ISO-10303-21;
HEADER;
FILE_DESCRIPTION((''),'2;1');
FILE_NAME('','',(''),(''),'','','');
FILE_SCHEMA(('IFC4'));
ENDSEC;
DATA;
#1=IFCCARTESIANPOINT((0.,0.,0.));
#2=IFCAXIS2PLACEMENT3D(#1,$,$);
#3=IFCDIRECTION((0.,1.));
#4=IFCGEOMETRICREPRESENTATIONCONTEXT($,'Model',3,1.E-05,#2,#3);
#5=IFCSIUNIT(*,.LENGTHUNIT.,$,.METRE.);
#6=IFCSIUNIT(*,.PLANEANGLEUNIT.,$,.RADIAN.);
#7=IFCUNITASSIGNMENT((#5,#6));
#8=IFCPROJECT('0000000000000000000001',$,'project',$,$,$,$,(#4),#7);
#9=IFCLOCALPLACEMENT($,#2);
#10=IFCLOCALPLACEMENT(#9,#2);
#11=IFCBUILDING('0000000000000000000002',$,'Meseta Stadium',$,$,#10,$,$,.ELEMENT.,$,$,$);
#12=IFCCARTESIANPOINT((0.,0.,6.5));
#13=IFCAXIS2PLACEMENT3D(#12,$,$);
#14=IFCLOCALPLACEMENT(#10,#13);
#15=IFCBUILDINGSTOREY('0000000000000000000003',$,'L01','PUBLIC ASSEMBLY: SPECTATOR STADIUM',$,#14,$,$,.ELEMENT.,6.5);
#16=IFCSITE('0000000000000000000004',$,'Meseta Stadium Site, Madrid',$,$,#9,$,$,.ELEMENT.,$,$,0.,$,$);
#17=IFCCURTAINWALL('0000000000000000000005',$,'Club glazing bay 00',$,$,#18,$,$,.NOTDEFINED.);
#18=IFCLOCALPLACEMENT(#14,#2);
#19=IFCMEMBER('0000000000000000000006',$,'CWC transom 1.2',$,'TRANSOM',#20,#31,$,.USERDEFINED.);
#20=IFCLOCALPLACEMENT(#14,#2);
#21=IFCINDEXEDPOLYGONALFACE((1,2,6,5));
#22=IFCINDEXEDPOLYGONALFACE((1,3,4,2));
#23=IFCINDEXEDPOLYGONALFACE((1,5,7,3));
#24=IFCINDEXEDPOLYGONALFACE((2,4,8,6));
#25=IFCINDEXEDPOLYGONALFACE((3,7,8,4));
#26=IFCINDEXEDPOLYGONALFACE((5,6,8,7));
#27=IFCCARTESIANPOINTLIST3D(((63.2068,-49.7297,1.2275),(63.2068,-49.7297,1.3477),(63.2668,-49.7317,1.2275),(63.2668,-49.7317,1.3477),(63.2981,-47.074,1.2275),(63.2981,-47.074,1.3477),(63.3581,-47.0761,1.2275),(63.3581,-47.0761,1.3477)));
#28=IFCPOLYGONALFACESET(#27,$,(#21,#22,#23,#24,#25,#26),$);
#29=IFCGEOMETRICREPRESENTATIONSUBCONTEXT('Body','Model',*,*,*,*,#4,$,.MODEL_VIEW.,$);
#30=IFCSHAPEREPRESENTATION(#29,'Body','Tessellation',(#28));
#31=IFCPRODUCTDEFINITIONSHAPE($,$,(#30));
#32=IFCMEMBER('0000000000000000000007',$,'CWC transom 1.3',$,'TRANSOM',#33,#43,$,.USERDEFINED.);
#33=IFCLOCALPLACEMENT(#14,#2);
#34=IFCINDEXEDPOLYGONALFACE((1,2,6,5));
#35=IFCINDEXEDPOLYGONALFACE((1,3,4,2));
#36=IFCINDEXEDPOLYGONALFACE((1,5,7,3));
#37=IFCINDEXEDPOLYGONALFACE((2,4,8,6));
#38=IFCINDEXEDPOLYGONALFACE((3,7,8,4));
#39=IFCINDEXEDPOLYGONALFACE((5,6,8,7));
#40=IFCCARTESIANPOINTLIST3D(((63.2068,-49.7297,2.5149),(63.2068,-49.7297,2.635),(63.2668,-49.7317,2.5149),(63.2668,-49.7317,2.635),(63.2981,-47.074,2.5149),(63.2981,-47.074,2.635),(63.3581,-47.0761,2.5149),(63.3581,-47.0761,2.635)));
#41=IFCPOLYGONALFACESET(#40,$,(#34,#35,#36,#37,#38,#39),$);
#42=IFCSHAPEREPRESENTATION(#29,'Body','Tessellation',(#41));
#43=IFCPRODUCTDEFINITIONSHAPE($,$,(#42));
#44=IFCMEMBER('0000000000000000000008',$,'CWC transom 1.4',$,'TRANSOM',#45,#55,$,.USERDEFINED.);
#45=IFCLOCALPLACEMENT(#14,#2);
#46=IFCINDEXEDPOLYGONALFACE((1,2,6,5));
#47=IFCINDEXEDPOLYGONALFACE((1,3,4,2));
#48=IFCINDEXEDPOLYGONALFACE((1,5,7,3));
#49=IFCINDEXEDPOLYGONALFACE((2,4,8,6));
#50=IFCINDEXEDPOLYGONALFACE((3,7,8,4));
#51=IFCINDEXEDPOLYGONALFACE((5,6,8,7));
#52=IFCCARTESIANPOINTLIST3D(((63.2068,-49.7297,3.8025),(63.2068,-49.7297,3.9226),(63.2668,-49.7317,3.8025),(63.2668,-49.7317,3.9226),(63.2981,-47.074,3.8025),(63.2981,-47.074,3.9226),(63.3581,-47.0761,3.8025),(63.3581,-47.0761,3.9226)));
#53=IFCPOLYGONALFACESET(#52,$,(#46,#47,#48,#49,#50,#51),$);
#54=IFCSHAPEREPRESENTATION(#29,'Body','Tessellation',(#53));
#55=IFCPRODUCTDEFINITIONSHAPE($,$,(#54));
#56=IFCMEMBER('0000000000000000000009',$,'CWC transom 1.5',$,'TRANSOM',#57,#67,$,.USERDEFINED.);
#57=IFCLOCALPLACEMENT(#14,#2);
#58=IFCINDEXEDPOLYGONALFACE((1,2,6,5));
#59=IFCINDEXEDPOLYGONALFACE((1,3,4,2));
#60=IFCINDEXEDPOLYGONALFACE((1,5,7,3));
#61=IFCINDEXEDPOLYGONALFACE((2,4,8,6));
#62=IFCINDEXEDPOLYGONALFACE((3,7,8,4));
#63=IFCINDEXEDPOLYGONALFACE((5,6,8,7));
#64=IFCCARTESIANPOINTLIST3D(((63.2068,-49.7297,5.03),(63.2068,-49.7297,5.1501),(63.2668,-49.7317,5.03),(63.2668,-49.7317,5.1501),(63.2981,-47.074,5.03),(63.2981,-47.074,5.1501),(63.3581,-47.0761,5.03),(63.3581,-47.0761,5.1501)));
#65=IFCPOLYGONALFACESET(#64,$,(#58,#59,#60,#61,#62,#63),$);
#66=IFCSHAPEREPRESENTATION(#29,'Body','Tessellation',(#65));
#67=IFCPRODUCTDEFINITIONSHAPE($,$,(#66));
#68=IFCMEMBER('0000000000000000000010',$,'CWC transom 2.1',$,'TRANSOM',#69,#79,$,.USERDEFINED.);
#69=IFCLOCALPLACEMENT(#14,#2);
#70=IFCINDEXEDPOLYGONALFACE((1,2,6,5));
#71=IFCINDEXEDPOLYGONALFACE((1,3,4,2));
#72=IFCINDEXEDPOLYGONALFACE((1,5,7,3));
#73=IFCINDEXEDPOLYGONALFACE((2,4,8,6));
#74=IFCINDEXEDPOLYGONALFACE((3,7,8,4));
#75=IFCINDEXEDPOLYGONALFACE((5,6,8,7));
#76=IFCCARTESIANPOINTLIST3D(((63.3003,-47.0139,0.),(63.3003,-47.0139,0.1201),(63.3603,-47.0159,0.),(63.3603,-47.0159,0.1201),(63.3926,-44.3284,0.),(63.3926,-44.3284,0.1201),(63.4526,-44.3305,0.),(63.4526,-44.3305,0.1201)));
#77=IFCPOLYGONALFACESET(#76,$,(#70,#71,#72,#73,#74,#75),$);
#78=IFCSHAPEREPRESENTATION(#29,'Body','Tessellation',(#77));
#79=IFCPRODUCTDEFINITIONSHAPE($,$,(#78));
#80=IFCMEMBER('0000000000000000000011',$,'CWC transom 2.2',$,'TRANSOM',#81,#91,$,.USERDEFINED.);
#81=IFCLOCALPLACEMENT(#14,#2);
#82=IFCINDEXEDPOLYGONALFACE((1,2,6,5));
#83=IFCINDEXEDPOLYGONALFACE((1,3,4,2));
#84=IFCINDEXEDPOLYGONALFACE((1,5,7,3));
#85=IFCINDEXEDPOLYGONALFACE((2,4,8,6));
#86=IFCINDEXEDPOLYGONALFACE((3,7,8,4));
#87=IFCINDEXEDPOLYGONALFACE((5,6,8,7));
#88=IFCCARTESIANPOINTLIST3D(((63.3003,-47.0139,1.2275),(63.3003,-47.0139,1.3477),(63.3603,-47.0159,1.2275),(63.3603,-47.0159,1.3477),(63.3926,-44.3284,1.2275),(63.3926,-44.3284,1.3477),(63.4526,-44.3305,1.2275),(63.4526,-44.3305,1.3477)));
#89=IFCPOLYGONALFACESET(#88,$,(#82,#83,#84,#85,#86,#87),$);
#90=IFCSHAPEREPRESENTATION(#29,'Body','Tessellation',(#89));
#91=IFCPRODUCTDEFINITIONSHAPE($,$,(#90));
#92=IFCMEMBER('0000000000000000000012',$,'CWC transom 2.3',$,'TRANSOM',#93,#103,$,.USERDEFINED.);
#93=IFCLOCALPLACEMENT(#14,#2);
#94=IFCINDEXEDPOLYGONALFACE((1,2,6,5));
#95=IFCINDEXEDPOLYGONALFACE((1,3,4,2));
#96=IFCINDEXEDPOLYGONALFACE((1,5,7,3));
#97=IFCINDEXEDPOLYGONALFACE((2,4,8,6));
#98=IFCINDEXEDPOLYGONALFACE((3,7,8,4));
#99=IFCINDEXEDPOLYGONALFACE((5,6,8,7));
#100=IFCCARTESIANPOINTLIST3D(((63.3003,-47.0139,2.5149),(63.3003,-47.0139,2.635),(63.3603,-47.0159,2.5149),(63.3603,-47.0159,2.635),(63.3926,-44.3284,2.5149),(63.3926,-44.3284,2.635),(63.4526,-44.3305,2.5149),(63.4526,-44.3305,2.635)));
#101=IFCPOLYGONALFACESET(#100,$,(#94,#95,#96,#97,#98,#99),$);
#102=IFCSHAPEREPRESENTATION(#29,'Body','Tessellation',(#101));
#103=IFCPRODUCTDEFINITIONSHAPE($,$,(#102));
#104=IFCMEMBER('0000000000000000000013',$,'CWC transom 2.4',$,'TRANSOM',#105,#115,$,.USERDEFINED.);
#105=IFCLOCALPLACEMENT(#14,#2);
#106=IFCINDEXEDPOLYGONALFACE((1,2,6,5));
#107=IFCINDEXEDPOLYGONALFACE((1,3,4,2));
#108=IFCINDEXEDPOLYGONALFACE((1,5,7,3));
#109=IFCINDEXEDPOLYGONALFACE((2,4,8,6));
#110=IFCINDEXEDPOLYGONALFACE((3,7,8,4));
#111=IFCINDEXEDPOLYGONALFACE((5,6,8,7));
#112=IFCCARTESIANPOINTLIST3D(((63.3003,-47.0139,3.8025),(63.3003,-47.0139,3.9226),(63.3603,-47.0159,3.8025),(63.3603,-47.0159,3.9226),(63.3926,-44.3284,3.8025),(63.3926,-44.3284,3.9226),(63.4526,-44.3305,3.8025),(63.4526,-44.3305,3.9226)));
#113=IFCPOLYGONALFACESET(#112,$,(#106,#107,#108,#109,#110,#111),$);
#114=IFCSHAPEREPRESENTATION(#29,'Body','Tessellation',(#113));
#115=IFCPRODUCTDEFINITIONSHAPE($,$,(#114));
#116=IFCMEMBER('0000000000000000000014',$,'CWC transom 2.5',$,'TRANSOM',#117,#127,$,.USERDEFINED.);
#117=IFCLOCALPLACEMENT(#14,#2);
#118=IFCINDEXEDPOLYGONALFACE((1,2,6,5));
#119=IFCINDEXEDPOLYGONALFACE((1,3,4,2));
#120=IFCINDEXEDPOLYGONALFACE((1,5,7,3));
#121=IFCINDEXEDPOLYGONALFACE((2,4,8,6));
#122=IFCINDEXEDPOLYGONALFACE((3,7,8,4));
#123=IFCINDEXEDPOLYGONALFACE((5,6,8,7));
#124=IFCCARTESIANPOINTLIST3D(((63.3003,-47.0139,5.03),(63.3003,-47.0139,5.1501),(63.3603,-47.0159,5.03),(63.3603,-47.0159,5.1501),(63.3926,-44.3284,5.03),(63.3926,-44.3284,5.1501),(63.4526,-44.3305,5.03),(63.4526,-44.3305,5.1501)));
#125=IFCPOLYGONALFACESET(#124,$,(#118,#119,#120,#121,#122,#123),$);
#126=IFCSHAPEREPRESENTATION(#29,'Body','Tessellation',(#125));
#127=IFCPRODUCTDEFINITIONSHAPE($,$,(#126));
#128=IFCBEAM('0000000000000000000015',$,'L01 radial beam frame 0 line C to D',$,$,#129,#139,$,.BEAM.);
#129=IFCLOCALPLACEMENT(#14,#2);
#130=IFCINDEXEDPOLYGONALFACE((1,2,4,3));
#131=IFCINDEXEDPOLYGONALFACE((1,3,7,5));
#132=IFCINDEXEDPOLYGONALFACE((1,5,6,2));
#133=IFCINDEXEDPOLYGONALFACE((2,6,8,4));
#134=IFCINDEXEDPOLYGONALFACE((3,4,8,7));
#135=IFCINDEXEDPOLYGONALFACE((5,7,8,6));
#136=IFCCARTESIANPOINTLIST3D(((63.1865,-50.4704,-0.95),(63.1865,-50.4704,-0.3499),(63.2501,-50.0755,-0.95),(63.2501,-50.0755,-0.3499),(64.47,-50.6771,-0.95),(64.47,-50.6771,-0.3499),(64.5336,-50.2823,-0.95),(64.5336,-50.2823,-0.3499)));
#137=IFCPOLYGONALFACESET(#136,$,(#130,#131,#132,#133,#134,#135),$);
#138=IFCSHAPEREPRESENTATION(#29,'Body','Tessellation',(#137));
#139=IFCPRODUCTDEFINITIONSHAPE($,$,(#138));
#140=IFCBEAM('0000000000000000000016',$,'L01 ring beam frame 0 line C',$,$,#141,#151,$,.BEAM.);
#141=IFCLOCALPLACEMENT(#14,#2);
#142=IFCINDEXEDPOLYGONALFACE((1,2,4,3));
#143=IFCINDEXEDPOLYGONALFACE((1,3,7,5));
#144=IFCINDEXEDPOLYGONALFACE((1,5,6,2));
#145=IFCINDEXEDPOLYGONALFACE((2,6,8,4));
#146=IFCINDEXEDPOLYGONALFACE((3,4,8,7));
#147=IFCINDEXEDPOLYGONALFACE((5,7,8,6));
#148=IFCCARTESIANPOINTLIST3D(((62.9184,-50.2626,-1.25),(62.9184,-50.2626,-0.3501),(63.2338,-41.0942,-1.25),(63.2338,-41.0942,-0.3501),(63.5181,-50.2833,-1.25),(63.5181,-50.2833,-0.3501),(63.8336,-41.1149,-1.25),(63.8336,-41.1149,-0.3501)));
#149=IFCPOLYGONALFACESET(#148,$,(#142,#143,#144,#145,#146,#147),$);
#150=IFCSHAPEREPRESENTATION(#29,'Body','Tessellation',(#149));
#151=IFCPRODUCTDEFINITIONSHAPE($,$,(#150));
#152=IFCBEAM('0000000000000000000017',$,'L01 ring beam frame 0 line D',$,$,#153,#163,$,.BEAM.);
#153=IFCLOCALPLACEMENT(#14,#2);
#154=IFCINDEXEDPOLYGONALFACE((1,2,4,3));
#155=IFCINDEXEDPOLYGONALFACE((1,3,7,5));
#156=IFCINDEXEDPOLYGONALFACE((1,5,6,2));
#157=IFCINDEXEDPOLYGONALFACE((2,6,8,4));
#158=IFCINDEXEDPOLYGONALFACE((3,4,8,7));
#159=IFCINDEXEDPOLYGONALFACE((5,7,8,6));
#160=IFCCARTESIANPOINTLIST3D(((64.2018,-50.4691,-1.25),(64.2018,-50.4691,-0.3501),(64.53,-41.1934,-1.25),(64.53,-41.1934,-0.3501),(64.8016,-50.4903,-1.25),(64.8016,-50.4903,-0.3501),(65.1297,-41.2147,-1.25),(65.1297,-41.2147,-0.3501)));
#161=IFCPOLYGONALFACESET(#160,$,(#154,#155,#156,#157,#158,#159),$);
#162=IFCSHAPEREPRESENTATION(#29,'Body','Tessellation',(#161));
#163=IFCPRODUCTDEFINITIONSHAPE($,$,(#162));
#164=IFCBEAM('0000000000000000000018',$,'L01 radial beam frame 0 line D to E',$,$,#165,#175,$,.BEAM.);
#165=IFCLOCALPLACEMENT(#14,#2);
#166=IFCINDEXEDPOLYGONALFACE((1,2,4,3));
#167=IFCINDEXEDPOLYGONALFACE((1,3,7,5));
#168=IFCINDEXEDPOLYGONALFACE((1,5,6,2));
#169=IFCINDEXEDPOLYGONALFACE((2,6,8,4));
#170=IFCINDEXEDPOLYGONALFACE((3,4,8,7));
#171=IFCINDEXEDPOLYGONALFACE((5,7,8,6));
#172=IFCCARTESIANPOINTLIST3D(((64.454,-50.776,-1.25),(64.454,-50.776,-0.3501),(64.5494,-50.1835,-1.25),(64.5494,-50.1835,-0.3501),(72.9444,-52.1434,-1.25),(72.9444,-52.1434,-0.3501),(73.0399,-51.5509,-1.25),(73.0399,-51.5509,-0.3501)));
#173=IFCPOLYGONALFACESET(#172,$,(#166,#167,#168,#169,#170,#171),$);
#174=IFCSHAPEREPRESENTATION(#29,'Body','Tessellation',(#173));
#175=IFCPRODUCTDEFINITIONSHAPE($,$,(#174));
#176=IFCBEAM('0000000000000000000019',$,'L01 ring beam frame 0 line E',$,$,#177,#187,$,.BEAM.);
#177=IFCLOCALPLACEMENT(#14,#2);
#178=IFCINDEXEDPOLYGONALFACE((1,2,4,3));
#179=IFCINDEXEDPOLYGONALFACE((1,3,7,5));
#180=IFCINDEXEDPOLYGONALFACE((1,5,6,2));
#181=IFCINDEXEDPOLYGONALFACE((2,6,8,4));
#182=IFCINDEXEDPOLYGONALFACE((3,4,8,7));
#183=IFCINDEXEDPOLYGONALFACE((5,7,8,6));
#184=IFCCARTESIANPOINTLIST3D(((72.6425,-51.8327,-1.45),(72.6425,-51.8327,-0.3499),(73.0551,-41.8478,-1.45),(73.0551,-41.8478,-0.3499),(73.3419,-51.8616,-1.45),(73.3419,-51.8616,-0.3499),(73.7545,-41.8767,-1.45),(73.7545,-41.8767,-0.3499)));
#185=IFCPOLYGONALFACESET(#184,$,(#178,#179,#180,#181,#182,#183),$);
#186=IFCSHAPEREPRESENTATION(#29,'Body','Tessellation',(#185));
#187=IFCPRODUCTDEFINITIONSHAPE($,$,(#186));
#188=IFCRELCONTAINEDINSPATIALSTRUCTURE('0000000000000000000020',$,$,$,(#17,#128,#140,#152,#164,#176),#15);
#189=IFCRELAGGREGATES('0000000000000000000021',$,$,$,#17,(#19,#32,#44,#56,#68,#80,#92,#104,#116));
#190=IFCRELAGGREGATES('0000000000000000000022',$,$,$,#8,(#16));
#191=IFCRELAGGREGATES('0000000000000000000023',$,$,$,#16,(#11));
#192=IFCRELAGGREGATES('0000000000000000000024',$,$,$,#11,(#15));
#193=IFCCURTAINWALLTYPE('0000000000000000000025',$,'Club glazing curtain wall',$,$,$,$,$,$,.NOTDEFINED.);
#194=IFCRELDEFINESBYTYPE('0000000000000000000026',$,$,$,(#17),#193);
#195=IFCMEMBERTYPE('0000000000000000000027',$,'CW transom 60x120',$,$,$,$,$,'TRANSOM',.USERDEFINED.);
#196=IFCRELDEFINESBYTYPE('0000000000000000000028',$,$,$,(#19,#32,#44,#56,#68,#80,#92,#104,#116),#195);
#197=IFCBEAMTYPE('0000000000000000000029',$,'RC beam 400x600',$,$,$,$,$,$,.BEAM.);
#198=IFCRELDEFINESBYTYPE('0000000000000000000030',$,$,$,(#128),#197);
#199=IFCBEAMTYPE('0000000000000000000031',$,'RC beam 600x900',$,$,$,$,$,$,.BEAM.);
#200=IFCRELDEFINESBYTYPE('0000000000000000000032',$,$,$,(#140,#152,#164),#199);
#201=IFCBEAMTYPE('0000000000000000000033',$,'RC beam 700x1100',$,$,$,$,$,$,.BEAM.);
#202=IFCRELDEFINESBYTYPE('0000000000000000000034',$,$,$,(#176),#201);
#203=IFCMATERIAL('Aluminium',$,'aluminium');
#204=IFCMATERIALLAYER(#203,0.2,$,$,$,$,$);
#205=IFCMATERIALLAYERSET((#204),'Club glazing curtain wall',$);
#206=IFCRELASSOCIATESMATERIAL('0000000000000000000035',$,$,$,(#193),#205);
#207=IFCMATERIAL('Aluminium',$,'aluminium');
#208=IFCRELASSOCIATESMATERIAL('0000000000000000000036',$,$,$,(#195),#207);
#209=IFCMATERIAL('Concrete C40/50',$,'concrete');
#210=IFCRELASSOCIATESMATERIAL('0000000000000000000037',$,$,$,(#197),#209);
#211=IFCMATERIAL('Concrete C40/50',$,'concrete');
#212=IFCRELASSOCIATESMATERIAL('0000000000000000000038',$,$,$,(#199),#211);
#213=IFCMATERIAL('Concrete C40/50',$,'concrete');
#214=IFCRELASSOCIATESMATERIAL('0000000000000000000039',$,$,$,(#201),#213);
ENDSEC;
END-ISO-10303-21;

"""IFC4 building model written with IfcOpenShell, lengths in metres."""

from ifc_helpers import new_model, si_unit, direction, frame, origin, origin_2d, place, context, subcontext, project, spatial, rectangle, extrude, material, layer, layer_set, material_profile, profile_set, type_object, element, aggregate, save


model = new_model("IFC4")

# Units and contexts
model_context = context("Model", 3, precision=1e-05, world=origin(), true_north=direction((0.0, 1.0)))
body_context = subcontext(model_context, "Body", "Model", "MODEL_VIEW")
ifc_project = project(units=[si_unit("LENGTHUNIT", "METRE"), si_unit("PLANEANGLEUNIT", "RADIAN")], contexts=[model_context])

# Site, building, storey
site_placement = place(None, origin())
site = spatial("IfcSite", under=ifc_project, at=site_placement, Name="Meseta Stadium Site, Madrid", CompositionType="ELEMENT", RefElevation=0.0)
building_placement = place(site_placement, origin())
building = spatial("IfcBuilding", under=site, at=building_placement, Name="Meseta Stadium", CompositionType="ELEMENT")
storey_placement = place(building_placement, frame((0.0, 0.0, 6.5)))
storey = spatial("IfcBuildingStorey", under=building, at=storey_placement, Name="L01", Description="PUBLIC ASSEMBLY: SPECTATOR STADIUM", CompositionType="ELEMENT", Elevation=6.5)

# Curtain wall
ifc_material_1 = material(Name="Aluminium", Category="aluminium")
ifc_layer_1 = layer(ifc_material_1, 0.2)
ifc_layer_set_1 = layer_set([ifc_layer_1], Name="Club glazing curtain wall")
curtain_wall_type = type_object("IfcCurtainWallType", Name="Club glazing curtain wall", PredefinedType="NOTDEFINED", material=ifc_layer_set_1)
curtain_wall_1_placement = place(storey_placement, origin())
curtain_wall_1 = element("IfcCurtainWall", 1, at=curtain_wall_1_placement, inside=storey, type_object=curtain_wall_type, Name="Club glazing bay 00", PredefinedType="NOTDEFINED")

# Members
ifc_material_2 = material(Name="Aluminium", Category="aluminium")
ifc_material_profile_1 = material_profile(ifc_material_2, rectangle(XDim=0.0601, YDim=0.1201, at=origin_2d()), Name="CW 60x120")
ifc_profile_set_1 = profile_set([ifc_material_profile_1], Name="Aluminium")
member_type_1 = type_object("IfcMemberType", Name="CW transom 60x120", ElementType="TRANSOM", PredefinedType="USERDEFINED", material=ifc_profile_set_1)
member_1_placement = place(storey_placement, frame((63.2368, -49.7307, 1.2876), z_axis=(0.034361, 0.999409, 0.0), x_axis=(-0.999409, 0.034361, 0.0)))
member_1 = element("IfcMember", 2, at=member_1_placement, type_object=member_type_1, Name="CWC transom 1.2", ObjectType="TRANSOM", PredefinedType="USERDEFINED", context=body_context, shape_type="SweptSolid", body=[
    extrude(rectangle(XDim=0.0601, YDim=0.1201, at=origin_2d()), origin(), (0.0, 0.0, 1.0), 2.6572),
])
member_2_placement = place(storey_placement, frame((63.2368, -49.7307, 2.575), z_axis=(0.034361, 0.999409, 0.0), x_axis=(-0.999409, 0.034361, 0.0)))
member_2 = element("IfcMember", 3, at=member_2_placement, type_object=member_type_1, Name="CWC transom 1.3", ObjectType="TRANSOM", PredefinedType="USERDEFINED", context=body_context, shape_type="SweptSolid", body=[
    extrude(rectangle(XDim=0.0601, YDim=0.1201, at=origin_2d()), origin(), (0.0, 0.0, 1.0), 2.6572),
])
member_3_placement = place(storey_placement, frame((63.2368, -49.7307, 3.8625), z_axis=(0.034361, 0.999409, 0.0), x_axis=(-0.999409, 0.034361, 0.0)))
member_3 = element("IfcMember", 4, at=member_3_placement, type_object=member_type_1, Name="CWC transom 1.4", ObjectType="TRANSOM", PredefinedType="USERDEFINED", context=body_context, shape_type="SweptSolid", body=[
    extrude(rectangle(XDim=0.0601, YDim=0.1201, at=origin_2d()), origin(), (0.0, 0.0, 1.0), 2.6572),
])
member_4_placement = place(storey_placement, frame((63.2368, -49.7307, 5.0901), z_axis=(0.034361, 0.999409, 0.0), x_axis=(-0.999409, 0.034361, 0.0)))
member_4 = element("IfcMember", 5, at=member_4_placement, type_object=member_type_1, Name="CWC transom 1.5", ObjectType="TRANSOM", PredefinedType="USERDEFINED", context=body_context, shape_type="SweptSolid", body=[
    extrude(rectangle(XDim=0.0601, YDim=0.1201, at=origin_2d()), origin(), (0.0, 0.0, 1.0), 2.6572),
])
member_5_placement = place(storey_placement, frame((63.3303, -47.0149, 0.0601), z_axis=(0.034343, 0.99941, 0.0), x_axis=(-0.99941, 0.034343, 0.0)))
member_5 = element("IfcMember", 6, at=member_5_placement, type_object=member_type_1, Name="CWC transom 2.1", ObjectType="TRANSOM", PredefinedType="USERDEFINED", context=body_context, shape_type="SweptSolid", body=[
    extrude(rectangle(XDim=0.0601, YDim=0.1201, at=origin_2d()), origin(), (0.0, 0.0, 1.0), 2.687),
])
member_6_placement = place(storey_placement, frame((63.3303, -47.0149, 1.2876), z_axis=(0.034343, 0.99941, 0.0), x_axis=(-0.99941, 0.034343, 0.0)))
member_6 = element("IfcMember", 7, at=member_6_placement, type_object=member_type_1, Name="CWC transom 2.2", ObjectType="TRANSOM", PredefinedType="USERDEFINED", context=body_context, shape_type="SweptSolid", body=[
    extrude(rectangle(XDim=0.0601, YDim=0.1201, at=origin_2d()), origin(), (0.0, 0.0, 1.0), 2.687),
])
member_7_placement = place(storey_placement, frame((63.3303, -47.0149, 2.575), z_axis=(0.034343, 0.99941, 0.0), x_axis=(-0.99941, 0.034343, 0.0)))
member_7 = element("IfcMember", 8, at=member_7_placement, type_object=member_type_1, Name="CWC transom 2.3", ObjectType="TRANSOM", PredefinedType="USERDEFINED", context=body_context, shape_type="SweptSolid", body=[
    extrude(rectangle(XDim=0.0601, YDim=0.1201, at=origin_2d()), origin(), (0.0, 0.0, 1.0), 2.687),
])
member_8_placement = place(storey_placement, frame((63.3303, -47.0149, 3.8625), z_axis=(0.034343, 0.99941, 0.0), x_axis=(-0.99941, 0.034343, 0.0)))
member_8 = element("IfcMember", 9, at=member_8_placement, type_object=member_type_1, Name="CWC transom 2.4", ObjectType="TRANSOM", PredefinedType="USERDEFINED", context=body_context, shape_type="SweptSolid", body=[
    extrude(rectangle(XDim=0.0601, YDim=0.1201, at=origin_2d()), origin(), (0.0, 0.0, 1.0), 2.687),
])
member_9_placement = place(storey_placement, frame((63.3303, -47.0149, 5.0901), z_axis=(0.034343, 0.99941, 0.0), x_axis=(-0.99941, 0.034343, 0.0)))
member_9 = element("IfcMember", 10, at=member_9_placement, type_object=member_type_1, Name="CWC transom 2.5", ObjectType="TRANSOM", PredefinedType="USERDEFINED", context=body_context, shape_type="SweptSolid", body=[
    extrude(rectangle(XDim=0.0601, YDim=0.1201, at=origin_2d()), origin(), (0.0, 0.0, 1.0), 2.687),
])

# Beams
ifc_material_3 = material(Name="Concrete C40/50", Category="concrete")
ifc_material_profile_2 = material_profile(ifc_material_3, rectangle(XDim=0.3999, YDim=0.6001, at=origin_2d()), Name="RC 400x600")
ifc_profile_set_2 = profile_set([ifc_material_profile_2], Name="Concrete C40/50")
beam_type_1 = type_object("IfcBeamType", Name="RC beam 400x600", PredefinedType="BEAM", material=ifc_profile_set_2)
beam_1_placement = place(storey_placement, frame((63.2183, -50.2729, -0.6499), z_axis=(0.987268, -0.159067, 0.0), x_axis=(0.159067, 0.987268, 0.0)))
element("IfcBeam", 11, at=beam_1_placement, inside=storey, type_object=beam_type_1, Name="L01 radial beam frame 0 line C to D", PredefinedType="BEAM", context=body_context, shape_type="SweptSolid", body=[
    extrude(rectangle(XDim=0.3999, YDim=0.6001, at=origin_2d()), origin(), (0.0, 0.0, 1.0), 1.3),
])
ifc_material_4 = material(Name="Concrete C40/50", Category="concrete")
ifc_material_profile_3 = material_profile(ifc_material_4, rectangle(XDim=0.6001, YDim=0.8999, at=origin_2d()), Name="RC 600x900")
ifc_profile_set_3 = profile_set([ifc_material_profile_3], Name="Concrete C40/50")
beam_type_2 = type_object("IfcBeamType", Name="RC beam 600x900", PredefinedType="BEAM", material=ifc_profile_set_3)
beam_2_placement = place(storey_placement, frame((63.2183, -50.2729, -0.8), z_axis=(0.034383, 0.999409, 0.0), x_axis=(-0.999409, 0.034383, 0.0)))
element("IfcBeam", 12, at=beam_2_placement, inside=storey, type_object=beam_type_2, Name="L01 ring beam frame 0 line C", PredefinedType="BEAM", context=body_context, shape_type="SweptSolid", body=[
    extrude(rectangle(XDim=0.6001, YDim=0.8999, at=origin_2d()), origin(), (0.0, 0.0, 1.0), 9.1738),
])
beam_3_placement = place(storey_placement, frame((64.5017, -50.4797, -0.8), z_axis=(0.035353, 0.999375, 0.0), x_axis=(-0.999375, 0.035353, 0.0)))
element("IfcBeam", 13, at=beam_3_placement, inside=storey, type_object=beam_type_2, Name="L01 ring beam frame 0 line D", PredefinedType="BEAM", context=body_context, shape_type="SweptSolid", body=[
    extrude(rectangle(XDim=0.6001, YDim=0.8999, at=origin_2d()), origin(), (0.0, 0.0, 1.0), 9.2815),
])
beam_4_placement = place(storey_placement, frame((64.5017, -50.4797, -0.8), z_axis=(0.987278, -0.159006, 0.0), x_axis=(0.159006, 0.987278, 0.0)))
element("IfcBeam", 14, at=beam_4_placement, inside=storey, type_object=beam_type_2, Name="L01 radial beam frame 0 line D to E", PredefinedType="BEAM", context=body_context, shape_type="SweptSolid", body=[
    extrude(rectangle(XDim=0.6001, YDim=0.8999, at=origin_2d()), origin(), (0.0, 0.0, 1.0), 8.5999),
])
ifc_material_5 = material(Name="Concrete C40/50", Category="concrete")
ifc_material_profile_4 = material_profile(ifc_material_5, rectangle(XDim=0.7, YDim=1.1001, at=origin_2d()), Name="RC 700x1100")
ifc_profile_set_4 = profile_set([ifc_material_profile_4], Name="Concrete C40/50")
beam_type_3 = type_object("IfcBeamType", Name="RC beam 700x1100", PredefinedType="BEAM", material=ifc_profile_set_4)
beam_5_placement = place(storey_placement, frame((72.9922, -51.8472, -0.8999), z_axis=(0.041287, 0.999147, 0.0), x_axis=(-0.999147, 0.041287, 0.0)))
element("IfcBeam", 15, at=beam_5_placement, inside=storey, type_object=beam_type_3, Name="L01 ring beam frame 0 line E", PredefinedType="BEAM", context=body_context, shape_type="SweptSolid", body=[
    extrude(rectangle(XDim=0.7, YDim=1.1001, at=origin_2d()), origin(), (0.0, 0.0, 1.0), 9.9934),
])

aggregate(curtain_wall_1, [member_1, member_2, member_3, member_4, member_5, member_6, member_7, member_8, member_9])

save(model, "model.ifc")
